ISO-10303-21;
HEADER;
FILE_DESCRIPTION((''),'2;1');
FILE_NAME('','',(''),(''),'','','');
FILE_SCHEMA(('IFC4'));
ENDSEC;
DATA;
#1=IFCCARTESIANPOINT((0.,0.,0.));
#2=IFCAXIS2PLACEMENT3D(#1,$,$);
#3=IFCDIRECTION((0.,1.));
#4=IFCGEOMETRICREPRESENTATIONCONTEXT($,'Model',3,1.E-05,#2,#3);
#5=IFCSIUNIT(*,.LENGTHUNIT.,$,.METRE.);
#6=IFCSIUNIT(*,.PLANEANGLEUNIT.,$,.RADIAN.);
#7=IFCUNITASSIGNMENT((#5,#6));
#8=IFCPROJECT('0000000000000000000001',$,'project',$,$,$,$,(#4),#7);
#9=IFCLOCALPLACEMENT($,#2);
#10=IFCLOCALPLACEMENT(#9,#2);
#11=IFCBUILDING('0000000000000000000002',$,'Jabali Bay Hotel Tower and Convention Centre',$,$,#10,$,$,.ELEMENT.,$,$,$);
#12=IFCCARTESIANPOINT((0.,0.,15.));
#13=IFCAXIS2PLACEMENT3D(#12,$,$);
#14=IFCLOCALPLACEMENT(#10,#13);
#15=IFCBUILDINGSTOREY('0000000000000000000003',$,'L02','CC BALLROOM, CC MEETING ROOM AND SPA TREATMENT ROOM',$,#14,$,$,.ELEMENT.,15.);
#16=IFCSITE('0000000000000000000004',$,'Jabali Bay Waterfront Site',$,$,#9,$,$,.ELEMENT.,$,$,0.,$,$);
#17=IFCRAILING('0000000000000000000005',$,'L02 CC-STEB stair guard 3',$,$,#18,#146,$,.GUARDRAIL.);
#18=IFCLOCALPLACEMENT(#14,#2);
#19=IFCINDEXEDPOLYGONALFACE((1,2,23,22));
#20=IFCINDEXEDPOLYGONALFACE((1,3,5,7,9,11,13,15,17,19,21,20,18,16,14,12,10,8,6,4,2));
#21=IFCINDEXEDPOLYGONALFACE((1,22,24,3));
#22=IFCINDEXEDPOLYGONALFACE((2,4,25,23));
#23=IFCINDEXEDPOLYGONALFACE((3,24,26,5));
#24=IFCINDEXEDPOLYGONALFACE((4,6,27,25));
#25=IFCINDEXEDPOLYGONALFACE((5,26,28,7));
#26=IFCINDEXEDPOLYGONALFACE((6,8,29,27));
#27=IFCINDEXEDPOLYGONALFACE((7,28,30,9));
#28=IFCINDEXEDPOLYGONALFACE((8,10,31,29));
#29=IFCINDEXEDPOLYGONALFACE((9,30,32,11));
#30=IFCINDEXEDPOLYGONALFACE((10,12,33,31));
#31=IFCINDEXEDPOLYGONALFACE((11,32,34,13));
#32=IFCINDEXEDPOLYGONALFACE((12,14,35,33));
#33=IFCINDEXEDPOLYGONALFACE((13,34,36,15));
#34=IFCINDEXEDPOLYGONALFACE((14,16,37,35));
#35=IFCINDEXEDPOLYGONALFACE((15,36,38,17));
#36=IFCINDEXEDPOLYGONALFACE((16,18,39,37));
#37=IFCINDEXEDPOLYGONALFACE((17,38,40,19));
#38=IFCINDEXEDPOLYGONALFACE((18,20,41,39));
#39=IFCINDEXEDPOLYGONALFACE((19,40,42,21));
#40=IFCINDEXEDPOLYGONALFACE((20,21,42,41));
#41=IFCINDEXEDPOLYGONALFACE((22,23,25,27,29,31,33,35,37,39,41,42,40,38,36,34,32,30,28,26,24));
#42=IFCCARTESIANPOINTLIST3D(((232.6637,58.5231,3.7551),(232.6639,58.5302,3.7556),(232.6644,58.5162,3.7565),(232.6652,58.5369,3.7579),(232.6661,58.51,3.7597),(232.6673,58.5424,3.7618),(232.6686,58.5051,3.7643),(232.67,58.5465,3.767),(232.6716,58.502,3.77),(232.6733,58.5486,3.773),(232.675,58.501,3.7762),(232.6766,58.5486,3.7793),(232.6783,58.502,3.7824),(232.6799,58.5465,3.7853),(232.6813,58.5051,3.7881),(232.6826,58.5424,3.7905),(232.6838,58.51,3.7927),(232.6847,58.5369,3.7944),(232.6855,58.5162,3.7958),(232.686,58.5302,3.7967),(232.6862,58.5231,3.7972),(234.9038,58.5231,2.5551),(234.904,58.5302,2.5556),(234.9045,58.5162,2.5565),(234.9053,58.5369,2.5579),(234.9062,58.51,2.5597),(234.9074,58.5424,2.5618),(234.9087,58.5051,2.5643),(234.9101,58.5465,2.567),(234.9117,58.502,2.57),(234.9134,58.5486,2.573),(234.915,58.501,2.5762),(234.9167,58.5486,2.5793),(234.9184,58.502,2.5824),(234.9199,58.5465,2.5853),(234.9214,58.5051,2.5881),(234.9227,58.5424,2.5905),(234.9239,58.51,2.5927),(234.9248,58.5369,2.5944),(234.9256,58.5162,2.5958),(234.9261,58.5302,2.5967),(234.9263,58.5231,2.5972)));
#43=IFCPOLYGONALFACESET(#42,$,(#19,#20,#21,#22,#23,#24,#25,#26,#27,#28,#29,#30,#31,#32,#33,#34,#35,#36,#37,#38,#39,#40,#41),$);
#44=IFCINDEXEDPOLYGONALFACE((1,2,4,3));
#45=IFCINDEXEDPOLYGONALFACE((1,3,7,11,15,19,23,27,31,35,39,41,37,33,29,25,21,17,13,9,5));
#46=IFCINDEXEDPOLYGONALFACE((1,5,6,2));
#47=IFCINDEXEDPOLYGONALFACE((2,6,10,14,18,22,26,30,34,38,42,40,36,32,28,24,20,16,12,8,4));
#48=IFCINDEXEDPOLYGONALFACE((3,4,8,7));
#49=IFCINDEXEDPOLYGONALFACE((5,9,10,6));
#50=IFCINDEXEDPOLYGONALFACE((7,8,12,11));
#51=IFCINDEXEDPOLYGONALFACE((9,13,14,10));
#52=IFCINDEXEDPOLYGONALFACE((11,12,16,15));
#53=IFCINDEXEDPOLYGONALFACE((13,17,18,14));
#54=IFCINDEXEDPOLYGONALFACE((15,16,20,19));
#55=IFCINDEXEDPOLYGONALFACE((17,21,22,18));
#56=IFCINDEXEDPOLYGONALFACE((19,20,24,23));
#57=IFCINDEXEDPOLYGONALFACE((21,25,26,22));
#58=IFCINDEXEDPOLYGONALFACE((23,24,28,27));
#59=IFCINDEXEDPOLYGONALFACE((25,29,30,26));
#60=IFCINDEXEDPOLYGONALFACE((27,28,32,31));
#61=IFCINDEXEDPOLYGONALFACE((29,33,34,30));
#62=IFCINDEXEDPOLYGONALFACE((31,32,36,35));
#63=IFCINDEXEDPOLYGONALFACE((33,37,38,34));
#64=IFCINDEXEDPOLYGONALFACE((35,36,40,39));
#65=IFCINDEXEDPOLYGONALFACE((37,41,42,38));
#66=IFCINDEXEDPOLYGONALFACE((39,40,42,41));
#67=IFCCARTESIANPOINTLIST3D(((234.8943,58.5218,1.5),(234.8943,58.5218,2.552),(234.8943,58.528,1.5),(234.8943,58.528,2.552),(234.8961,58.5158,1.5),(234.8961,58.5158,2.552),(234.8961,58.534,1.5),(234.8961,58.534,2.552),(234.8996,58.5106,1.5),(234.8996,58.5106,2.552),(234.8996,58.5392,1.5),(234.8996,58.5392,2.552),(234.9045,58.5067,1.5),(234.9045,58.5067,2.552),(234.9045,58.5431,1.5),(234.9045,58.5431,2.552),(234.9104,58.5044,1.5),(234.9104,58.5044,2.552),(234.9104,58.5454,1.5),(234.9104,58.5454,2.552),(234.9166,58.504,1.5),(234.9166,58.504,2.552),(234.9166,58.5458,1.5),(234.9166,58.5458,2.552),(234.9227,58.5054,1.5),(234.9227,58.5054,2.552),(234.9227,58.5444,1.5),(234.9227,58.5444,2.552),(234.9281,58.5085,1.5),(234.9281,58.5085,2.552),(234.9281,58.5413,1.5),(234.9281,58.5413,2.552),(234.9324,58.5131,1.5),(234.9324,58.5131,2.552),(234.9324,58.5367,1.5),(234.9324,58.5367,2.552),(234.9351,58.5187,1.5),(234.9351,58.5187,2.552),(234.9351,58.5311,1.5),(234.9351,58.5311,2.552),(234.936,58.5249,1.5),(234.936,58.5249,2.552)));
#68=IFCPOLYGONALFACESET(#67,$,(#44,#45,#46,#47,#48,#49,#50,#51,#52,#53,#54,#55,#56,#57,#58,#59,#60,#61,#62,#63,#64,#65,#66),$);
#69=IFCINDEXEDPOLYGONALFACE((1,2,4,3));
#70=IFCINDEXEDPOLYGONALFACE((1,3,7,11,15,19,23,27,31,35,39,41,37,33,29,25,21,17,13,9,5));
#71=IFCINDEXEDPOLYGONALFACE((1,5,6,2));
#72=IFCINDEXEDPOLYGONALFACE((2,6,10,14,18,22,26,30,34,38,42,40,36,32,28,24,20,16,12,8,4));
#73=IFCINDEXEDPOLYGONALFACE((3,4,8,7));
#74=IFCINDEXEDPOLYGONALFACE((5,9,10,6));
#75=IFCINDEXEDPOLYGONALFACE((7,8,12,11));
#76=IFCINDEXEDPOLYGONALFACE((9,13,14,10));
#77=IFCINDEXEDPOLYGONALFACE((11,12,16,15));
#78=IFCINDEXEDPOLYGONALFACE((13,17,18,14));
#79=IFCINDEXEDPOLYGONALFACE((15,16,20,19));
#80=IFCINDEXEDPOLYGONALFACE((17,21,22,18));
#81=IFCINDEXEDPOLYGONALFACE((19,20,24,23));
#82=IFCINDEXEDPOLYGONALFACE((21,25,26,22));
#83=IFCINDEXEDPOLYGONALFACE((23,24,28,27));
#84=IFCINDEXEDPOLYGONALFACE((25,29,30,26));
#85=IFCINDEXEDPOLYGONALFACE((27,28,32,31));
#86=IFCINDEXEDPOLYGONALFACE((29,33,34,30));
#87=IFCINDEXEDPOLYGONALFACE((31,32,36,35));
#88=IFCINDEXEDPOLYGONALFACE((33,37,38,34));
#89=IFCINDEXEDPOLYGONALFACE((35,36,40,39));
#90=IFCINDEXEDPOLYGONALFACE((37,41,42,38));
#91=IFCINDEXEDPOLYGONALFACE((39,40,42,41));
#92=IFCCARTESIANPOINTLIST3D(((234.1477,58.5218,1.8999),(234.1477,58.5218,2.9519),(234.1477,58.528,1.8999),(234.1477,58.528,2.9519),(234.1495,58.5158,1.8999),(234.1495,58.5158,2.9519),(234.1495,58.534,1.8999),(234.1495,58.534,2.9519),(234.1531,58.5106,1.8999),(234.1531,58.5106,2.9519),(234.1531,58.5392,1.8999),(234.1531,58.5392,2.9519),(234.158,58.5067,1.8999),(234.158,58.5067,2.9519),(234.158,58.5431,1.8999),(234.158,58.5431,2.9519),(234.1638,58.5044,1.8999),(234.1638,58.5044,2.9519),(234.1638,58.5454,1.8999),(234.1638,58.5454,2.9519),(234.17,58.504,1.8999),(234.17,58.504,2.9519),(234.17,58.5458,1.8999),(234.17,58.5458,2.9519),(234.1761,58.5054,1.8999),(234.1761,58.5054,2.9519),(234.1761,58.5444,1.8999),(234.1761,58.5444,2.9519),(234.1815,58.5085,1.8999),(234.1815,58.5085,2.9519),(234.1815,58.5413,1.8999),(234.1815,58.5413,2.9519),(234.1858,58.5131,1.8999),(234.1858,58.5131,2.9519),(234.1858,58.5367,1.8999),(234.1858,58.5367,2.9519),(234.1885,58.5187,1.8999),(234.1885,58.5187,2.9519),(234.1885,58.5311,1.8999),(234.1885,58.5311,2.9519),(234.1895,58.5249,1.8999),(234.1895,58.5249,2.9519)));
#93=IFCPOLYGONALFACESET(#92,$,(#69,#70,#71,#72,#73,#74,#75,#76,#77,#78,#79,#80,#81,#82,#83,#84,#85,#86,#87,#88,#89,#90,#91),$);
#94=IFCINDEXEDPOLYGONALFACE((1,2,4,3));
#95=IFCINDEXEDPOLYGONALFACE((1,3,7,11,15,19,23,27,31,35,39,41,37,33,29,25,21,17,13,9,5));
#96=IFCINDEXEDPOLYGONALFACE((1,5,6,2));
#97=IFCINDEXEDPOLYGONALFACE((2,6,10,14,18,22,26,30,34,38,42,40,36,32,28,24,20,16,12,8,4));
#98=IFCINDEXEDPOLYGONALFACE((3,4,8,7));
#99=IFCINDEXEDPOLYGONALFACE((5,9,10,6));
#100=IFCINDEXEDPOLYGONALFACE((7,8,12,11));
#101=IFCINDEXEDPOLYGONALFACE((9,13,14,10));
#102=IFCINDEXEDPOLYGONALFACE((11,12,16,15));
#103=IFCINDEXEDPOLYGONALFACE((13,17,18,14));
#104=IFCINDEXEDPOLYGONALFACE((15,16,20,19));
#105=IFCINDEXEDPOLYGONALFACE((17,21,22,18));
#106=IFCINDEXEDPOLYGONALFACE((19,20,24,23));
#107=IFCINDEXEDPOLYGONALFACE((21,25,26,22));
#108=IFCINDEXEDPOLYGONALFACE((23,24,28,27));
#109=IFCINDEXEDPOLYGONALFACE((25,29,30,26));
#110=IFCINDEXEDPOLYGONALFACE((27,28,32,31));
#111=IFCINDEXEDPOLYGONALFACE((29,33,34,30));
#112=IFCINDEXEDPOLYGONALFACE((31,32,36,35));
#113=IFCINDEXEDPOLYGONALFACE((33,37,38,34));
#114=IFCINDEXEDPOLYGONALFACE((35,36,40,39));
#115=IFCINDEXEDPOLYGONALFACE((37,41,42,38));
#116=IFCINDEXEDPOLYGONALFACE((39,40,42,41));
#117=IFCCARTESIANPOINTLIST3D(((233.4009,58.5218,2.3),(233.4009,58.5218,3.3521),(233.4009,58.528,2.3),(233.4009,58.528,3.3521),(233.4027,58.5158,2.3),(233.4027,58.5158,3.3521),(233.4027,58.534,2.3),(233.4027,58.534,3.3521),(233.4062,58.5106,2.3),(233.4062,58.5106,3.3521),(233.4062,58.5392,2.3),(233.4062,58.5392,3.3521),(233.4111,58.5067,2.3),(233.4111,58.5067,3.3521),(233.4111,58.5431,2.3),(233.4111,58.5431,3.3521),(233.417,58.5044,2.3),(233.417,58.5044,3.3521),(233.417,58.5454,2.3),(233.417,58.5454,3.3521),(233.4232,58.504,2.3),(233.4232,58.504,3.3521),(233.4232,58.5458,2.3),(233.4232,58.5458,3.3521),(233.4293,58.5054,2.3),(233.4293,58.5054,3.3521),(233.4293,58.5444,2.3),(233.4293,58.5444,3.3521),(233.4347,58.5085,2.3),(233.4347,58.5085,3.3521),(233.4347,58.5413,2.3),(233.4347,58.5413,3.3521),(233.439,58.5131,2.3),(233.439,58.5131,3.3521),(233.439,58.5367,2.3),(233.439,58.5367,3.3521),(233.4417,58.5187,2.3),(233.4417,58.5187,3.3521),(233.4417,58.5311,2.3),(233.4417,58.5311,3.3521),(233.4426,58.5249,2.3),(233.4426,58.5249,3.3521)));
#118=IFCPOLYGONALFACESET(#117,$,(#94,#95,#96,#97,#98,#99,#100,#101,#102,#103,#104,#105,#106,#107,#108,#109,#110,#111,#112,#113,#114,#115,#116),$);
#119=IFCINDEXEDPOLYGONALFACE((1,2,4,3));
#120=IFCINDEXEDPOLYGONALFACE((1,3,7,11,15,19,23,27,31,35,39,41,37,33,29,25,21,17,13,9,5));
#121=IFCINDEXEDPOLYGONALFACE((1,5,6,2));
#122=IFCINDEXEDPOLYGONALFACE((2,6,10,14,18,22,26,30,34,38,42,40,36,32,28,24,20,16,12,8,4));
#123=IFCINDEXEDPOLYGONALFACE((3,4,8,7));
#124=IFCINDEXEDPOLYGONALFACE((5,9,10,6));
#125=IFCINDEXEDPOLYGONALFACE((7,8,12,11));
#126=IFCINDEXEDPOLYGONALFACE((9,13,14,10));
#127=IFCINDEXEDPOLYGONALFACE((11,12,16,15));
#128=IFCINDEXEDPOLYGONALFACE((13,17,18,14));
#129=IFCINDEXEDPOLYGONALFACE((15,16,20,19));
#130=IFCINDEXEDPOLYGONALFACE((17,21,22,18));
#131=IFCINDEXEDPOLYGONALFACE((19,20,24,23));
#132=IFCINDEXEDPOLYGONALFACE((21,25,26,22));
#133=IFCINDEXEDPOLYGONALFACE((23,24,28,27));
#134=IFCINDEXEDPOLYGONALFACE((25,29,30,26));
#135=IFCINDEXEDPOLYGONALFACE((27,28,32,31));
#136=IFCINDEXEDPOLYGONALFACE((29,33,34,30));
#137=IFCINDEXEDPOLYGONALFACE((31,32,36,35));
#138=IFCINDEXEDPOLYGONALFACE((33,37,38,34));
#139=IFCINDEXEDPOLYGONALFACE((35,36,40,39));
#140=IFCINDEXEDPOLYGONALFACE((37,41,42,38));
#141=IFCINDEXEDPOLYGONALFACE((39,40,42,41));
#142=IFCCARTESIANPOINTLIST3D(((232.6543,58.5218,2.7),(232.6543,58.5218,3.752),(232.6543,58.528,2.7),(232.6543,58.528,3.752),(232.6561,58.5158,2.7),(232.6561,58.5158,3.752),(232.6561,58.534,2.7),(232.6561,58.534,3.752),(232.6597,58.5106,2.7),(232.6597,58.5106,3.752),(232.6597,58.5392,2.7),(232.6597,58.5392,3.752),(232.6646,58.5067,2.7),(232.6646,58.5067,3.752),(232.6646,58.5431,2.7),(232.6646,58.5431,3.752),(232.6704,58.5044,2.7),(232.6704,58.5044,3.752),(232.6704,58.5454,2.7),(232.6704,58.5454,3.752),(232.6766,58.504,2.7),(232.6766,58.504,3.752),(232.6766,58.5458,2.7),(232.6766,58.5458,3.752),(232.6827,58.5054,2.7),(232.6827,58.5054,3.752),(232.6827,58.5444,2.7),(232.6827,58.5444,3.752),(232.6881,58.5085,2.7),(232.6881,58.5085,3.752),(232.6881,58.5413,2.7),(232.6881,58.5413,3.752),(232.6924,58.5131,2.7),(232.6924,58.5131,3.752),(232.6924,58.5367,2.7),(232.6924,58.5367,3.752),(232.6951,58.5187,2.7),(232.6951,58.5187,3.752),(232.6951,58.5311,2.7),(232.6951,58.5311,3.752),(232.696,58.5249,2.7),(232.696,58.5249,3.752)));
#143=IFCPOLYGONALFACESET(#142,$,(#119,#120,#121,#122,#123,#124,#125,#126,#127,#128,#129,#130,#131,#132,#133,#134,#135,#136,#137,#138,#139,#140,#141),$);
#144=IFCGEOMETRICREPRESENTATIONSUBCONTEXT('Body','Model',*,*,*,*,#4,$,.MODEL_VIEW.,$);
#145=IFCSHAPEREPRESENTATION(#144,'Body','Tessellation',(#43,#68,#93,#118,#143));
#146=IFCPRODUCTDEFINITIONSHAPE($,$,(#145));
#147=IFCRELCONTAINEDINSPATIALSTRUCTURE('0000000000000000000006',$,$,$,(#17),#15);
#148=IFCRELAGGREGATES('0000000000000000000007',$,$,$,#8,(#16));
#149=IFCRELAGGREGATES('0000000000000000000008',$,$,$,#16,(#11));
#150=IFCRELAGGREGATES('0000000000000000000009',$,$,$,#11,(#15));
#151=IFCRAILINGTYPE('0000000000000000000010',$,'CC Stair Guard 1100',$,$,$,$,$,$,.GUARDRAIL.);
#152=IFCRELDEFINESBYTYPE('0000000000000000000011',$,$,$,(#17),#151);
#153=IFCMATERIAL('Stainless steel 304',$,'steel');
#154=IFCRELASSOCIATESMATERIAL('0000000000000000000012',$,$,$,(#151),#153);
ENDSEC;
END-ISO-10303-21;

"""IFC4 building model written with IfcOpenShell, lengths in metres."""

from ifc_helpers import new_model, si_unit, direction, frame, origin, origin_2d, place, context, subcontext, project, spatial, circle, extrude, material, type_object, element, save


model = new_model("IFC4")

# Units and contexts
model_context = context("Model", 3, precision=1e-05, world=origin(), true_north=direction((0.0, 1.0)))
body_context = subcontext(model_context, "Body", "Model", "MODEL_VIEW")
ifc_project = project(units=[si_unit("LENGTHUNIT", "METRE"), si_unit("PLANEANGLEUNIT", "RADIAN")], contexts=[model_context])

# Site, building, storey
site_placement = place(None, origin())
site = spatial("IfcSite", under=ifc_project, at=site_placement, Name="Jabali Bay Waterfront Site", CompositionType="ELEMENT", RefElevation=0.0)
building_placement = place(site_placement, origin())
building = spatial("IfcBuilding", under=site, at=building_placement, Name="Jabali Bay Hotel Tower and Convention Centre", CompositionType="ELEMENT")
storey_placement = place(building_placement, frame((0.0, 0.0, 15.0)))
storey = spatial("IfcBuildingStorey", under=building, at=storey_placement, Name="L02", Description="CC BALLROOM, CC MEETING ROOM AND SPA TREATMENT ROOM", CompositionType="ELEMENT", Elevation=15.0)

# Railing
ifc_material_1 = material(Name="Stainless steel 304", Category="steel")
railing_type_1 = type_object("IfcRailingType", Name="CC Stair Guard 1100", PredefinedType="GUARDRAIL", material=ifc_material_1)
for number, where, name in (
    (1, (234.915, 58.5249, 1.5), "L02 CC-STEB stair guard 3"),
):
    element("IfcRailing", number, at=place(storey_placement, frame(where)), inside=storey, type_object=railing_type_1, Name=name, PredefinedType="GUARDRAIL", context=body_context, shape_type="SweptSolid", body=[
        extrude(circle(Radius=0.0239, at=origin_2d()), frame((0.0, 0.0, 1.0762), z_axis=(-0.881487, 0.0, 0.472208), x_axis=(0.0, -1.0, 0.0)), (0.0, 0.0, 1.0), 2.5413),
        extrude(circle(Radius=0.021, at=origin_2d()), origin(), (0.0, 0.0, 1.0), 1.052),
        extrude(circle(Radius=0.021, at=origin_2d()), frame((-0.7466, 0.0, 0.3999)), (0.0, 0.0, 1.0), 1.052),
        extrude(circle(Radius=0.021, at=origin_2d()), frame((-1.4934, 0.0, 0.8)), (0.0, 0.0, 1.0), 1.052),
        extrude(circle(Radius=0.021, at=origin_2d()), frame((-2.24, 0.0, 1.2)), (0.0, 0.0, 1.0), 1.052),
    ])

save(model, "model.ifc")
